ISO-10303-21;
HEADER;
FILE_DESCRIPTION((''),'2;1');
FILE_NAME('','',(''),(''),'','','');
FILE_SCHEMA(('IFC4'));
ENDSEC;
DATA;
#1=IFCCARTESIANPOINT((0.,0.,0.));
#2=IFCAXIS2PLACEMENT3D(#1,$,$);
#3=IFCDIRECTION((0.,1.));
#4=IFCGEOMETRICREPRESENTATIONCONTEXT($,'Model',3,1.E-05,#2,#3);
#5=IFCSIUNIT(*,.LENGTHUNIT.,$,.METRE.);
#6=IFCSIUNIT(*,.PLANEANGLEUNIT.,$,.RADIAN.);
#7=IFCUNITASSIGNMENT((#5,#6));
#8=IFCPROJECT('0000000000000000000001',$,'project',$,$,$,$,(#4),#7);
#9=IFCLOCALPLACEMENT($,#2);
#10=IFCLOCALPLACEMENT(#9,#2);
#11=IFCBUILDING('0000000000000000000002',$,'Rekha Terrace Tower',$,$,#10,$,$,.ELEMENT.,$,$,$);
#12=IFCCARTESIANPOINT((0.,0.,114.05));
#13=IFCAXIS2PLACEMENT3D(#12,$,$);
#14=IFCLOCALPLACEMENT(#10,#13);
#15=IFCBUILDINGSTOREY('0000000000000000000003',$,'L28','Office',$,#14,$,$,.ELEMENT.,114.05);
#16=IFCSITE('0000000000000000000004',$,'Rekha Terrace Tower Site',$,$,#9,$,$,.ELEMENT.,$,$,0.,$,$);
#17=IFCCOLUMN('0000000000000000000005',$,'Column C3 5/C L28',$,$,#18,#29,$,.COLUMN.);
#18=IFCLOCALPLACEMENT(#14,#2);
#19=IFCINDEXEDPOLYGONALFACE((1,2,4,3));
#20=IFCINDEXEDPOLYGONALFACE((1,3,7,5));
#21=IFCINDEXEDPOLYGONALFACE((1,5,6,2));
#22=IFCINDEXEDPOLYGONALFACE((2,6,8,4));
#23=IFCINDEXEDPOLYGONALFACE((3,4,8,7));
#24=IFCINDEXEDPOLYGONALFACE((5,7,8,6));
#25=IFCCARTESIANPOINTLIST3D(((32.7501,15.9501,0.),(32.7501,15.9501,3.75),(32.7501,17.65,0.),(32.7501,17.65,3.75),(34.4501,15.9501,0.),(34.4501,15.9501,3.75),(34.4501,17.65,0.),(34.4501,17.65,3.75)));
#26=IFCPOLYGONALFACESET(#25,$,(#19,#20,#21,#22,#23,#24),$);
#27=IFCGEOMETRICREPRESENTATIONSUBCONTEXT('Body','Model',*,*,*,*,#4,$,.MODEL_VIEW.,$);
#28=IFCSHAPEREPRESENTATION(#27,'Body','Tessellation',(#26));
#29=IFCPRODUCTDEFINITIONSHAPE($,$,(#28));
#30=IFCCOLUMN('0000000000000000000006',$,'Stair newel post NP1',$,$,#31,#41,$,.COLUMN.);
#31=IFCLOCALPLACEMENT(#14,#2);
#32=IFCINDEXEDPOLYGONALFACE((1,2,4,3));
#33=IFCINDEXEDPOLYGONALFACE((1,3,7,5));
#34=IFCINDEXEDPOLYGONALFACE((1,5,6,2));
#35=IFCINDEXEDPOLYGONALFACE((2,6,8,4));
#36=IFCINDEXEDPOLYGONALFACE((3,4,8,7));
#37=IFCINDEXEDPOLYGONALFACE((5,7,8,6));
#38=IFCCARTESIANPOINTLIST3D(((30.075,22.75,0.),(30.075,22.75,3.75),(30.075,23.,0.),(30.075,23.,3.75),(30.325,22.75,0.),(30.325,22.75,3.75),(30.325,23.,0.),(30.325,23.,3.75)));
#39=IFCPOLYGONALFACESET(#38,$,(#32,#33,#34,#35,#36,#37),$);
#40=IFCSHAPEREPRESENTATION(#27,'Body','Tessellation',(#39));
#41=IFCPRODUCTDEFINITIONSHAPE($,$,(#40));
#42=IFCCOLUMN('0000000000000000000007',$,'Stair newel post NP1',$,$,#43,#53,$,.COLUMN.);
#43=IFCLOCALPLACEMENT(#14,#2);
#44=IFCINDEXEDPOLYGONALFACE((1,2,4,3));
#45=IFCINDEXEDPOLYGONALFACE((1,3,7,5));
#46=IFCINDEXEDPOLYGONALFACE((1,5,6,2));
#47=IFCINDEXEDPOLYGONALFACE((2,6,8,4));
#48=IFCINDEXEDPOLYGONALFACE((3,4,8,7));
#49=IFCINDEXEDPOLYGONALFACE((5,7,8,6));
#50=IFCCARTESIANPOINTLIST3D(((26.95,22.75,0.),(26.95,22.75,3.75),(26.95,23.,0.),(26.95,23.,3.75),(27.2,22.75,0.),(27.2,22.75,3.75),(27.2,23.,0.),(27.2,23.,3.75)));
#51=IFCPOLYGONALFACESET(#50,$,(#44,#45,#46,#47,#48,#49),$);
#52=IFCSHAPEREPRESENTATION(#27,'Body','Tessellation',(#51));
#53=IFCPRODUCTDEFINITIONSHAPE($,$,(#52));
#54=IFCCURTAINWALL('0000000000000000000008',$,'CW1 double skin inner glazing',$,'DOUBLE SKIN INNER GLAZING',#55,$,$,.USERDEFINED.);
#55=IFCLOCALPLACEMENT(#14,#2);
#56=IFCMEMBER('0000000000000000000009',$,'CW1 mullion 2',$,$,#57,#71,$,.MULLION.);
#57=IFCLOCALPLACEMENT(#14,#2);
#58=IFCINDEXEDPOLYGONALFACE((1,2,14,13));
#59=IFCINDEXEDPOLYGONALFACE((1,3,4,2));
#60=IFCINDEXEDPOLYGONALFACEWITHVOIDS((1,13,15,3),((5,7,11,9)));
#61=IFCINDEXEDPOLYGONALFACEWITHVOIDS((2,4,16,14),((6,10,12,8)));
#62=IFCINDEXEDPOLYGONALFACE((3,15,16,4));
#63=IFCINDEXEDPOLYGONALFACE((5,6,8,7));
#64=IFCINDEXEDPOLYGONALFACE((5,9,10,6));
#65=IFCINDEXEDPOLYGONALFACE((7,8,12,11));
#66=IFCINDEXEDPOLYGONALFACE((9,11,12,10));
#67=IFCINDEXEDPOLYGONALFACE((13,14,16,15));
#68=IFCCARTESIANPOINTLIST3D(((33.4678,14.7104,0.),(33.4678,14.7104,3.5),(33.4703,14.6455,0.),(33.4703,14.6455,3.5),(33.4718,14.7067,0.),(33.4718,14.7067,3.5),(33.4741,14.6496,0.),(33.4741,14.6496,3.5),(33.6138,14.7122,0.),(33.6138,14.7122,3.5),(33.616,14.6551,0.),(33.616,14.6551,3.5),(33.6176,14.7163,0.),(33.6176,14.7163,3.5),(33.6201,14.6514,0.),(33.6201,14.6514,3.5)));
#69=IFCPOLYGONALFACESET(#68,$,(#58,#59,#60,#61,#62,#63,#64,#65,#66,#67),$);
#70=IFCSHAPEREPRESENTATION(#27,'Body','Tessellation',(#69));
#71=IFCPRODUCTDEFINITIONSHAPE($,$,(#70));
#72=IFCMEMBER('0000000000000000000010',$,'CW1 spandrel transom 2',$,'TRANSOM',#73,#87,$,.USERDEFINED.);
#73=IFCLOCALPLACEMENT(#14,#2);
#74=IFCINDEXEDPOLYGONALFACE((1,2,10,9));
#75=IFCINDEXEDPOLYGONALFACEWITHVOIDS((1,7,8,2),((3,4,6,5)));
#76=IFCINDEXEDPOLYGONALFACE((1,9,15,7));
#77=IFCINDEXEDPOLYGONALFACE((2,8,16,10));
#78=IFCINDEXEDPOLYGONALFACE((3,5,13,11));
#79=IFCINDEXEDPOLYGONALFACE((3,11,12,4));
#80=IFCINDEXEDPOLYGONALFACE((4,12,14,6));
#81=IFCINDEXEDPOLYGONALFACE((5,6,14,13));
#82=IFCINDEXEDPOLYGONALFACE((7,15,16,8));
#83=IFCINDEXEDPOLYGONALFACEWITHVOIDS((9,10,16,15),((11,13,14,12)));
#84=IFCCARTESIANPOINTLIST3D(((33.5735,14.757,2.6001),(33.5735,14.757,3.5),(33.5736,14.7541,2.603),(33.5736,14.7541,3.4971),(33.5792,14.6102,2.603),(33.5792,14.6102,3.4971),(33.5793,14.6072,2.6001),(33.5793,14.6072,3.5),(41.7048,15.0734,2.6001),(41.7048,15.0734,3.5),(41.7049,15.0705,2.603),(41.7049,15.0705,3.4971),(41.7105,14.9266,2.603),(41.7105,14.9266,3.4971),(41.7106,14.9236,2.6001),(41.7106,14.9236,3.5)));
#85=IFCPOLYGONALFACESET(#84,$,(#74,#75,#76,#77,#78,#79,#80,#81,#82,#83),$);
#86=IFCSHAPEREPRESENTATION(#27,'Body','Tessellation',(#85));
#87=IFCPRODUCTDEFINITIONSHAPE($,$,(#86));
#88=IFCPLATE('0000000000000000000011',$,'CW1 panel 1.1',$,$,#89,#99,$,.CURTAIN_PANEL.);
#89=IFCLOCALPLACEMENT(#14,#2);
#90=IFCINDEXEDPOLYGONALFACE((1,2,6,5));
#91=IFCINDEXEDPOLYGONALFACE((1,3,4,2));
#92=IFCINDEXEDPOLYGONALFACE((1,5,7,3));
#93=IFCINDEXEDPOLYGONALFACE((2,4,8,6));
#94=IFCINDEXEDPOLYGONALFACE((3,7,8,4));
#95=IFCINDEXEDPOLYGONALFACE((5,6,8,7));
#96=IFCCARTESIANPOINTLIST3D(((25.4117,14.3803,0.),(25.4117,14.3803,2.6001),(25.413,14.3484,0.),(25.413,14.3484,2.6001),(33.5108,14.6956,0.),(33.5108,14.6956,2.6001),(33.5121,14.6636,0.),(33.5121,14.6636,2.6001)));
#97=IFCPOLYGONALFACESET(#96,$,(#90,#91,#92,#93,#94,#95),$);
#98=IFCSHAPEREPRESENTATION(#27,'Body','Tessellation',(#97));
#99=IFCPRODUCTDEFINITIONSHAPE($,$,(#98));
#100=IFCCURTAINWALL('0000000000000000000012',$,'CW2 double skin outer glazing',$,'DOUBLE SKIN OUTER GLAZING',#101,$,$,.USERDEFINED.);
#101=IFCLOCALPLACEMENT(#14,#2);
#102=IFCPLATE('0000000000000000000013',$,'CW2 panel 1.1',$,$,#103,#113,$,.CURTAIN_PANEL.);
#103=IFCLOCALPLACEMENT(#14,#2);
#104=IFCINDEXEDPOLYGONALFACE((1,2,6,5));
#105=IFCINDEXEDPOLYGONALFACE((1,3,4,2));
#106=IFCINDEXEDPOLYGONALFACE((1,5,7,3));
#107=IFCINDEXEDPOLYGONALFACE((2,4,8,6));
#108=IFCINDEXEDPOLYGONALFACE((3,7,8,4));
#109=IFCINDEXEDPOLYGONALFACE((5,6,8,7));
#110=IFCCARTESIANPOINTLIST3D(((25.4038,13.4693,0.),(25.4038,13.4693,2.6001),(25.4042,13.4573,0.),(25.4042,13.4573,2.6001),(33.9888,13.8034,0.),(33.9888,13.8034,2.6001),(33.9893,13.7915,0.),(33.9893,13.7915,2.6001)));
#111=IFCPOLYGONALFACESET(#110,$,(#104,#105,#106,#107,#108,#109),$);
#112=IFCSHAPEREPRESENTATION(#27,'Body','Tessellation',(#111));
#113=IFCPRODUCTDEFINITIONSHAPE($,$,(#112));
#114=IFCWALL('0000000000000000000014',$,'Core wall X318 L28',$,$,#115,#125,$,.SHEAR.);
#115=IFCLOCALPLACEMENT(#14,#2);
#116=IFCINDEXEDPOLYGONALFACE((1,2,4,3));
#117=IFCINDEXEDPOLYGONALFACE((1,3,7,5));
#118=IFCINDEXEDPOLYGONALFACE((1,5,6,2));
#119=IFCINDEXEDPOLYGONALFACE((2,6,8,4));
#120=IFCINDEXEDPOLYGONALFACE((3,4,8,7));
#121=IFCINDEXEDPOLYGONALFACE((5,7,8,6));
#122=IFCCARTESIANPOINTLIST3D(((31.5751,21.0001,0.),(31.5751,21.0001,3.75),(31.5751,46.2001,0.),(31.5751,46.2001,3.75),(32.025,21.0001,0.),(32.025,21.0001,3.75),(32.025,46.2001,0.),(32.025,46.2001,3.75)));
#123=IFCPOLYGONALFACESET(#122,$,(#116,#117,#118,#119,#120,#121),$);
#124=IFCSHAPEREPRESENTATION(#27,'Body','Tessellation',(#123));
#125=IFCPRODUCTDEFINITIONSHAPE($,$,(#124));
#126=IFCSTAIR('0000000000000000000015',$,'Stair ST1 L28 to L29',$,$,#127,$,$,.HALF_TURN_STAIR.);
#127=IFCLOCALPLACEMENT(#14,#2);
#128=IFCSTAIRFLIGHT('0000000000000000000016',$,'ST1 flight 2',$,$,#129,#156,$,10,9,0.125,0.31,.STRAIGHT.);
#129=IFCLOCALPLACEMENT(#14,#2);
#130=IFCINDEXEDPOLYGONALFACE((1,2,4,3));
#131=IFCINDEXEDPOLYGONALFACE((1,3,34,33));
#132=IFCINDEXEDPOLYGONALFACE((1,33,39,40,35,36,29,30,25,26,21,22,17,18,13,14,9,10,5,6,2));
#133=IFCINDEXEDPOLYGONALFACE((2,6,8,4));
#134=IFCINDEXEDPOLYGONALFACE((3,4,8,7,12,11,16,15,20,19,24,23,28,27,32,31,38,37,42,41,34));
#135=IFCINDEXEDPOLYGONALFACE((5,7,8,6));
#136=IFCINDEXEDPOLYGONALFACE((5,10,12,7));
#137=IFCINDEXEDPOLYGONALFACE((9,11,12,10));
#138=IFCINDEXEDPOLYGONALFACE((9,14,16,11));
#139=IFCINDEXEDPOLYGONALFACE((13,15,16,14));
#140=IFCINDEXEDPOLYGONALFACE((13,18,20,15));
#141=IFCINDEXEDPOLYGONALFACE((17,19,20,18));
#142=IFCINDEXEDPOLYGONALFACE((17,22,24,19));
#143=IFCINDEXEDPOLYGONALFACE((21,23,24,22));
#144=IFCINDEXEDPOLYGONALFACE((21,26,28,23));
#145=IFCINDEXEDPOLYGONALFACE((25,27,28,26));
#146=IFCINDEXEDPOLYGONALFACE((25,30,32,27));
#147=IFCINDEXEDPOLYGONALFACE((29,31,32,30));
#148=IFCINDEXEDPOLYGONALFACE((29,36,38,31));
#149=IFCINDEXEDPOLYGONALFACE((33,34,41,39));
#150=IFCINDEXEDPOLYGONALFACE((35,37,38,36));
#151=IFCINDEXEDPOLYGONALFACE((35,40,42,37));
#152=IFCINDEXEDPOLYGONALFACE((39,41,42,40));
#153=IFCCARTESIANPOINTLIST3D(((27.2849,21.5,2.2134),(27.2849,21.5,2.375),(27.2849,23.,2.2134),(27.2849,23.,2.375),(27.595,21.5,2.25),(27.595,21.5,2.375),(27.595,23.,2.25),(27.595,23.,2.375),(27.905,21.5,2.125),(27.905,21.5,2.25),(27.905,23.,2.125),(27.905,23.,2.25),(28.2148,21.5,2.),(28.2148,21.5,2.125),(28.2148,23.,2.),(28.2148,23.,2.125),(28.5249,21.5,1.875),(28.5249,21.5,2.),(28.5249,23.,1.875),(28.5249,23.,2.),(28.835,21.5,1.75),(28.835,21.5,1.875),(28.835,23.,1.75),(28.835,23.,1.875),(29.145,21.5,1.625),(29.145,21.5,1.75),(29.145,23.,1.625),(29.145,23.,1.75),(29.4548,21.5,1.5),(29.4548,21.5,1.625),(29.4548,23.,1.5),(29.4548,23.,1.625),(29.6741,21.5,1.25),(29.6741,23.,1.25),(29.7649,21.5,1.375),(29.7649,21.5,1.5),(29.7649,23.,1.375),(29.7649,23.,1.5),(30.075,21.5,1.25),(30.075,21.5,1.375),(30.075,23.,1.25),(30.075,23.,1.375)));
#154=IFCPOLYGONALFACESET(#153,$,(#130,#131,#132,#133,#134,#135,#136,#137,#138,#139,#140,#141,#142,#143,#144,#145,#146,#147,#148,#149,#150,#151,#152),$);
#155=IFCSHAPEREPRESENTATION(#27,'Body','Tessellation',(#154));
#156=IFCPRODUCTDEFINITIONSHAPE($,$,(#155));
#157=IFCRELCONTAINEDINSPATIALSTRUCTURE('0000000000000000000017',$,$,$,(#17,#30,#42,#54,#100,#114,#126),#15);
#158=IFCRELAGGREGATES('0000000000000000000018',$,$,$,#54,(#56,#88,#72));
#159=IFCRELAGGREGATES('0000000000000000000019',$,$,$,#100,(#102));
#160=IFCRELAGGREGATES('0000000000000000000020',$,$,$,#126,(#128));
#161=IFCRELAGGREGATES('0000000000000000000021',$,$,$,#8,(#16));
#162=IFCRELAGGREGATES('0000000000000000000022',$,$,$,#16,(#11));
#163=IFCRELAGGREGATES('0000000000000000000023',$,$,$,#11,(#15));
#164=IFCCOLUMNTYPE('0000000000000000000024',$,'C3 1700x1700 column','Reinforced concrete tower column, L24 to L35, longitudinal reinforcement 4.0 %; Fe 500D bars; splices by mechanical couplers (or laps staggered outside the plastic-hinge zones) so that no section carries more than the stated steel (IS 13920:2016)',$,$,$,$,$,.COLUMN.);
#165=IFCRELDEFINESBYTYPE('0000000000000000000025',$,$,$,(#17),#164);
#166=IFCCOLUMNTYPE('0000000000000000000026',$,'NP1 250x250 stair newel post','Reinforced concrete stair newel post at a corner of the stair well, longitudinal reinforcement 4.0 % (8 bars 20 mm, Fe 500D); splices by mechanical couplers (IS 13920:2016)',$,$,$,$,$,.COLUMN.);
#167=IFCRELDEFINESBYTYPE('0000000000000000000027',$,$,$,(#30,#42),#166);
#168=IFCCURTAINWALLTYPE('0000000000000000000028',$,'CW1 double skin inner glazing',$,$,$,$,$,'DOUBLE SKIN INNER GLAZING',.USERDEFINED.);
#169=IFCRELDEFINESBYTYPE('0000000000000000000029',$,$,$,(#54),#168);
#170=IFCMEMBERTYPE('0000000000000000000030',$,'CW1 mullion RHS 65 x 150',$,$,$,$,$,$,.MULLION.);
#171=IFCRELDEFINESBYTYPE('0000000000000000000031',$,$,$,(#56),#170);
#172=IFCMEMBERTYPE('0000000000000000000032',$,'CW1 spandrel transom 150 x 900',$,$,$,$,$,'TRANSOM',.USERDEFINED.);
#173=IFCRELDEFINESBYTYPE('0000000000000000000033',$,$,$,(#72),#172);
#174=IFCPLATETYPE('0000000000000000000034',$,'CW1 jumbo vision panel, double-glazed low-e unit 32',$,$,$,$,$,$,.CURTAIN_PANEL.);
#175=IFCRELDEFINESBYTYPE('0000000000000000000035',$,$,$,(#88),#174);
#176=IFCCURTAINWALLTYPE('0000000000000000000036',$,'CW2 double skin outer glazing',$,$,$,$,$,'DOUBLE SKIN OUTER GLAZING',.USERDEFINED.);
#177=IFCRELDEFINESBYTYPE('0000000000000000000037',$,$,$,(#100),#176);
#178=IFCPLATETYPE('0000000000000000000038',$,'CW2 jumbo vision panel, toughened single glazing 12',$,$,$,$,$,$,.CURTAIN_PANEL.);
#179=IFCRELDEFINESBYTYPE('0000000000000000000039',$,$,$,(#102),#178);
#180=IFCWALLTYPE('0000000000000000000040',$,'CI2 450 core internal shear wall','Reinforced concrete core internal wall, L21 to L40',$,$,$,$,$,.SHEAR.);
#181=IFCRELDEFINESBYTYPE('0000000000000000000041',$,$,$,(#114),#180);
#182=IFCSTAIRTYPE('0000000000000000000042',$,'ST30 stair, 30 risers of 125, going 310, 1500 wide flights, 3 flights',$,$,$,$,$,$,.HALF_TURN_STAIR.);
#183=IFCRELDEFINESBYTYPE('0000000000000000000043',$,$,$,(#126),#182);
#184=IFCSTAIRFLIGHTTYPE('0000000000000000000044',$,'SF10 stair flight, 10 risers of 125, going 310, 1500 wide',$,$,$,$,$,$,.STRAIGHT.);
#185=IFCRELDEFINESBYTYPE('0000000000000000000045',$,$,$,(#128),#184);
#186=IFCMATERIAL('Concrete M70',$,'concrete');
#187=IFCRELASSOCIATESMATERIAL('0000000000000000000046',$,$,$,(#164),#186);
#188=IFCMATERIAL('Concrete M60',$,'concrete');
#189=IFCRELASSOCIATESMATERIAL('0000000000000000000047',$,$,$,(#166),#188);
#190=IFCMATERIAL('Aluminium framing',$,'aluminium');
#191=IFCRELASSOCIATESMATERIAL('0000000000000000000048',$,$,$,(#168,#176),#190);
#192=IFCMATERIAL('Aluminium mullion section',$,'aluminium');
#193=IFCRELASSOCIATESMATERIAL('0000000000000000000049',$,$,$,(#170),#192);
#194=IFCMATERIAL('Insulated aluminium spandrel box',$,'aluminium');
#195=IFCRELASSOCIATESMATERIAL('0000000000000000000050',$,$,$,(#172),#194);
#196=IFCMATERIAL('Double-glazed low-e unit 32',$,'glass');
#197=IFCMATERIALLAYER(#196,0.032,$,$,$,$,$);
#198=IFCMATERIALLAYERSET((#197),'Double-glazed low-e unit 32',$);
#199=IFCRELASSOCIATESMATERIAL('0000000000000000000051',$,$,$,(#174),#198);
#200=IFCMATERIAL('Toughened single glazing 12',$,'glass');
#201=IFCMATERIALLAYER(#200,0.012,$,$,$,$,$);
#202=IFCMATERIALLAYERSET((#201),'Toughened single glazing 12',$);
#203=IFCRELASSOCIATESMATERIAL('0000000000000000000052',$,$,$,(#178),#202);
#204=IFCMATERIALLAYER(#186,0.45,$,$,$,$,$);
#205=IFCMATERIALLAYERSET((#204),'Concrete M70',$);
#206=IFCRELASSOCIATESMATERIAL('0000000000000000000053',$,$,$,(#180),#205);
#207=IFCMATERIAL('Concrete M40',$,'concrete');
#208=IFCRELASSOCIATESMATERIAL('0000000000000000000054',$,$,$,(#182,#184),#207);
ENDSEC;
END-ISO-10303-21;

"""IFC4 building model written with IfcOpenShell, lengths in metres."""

from ifc_helpers import new_model, si_unit, direction, frame, frame_2d, origin, origin_2d, place, context, subcontext, project, spatial, polyline, rectangle, hollow_rectangle, outline, extrude, material, layer, layer_set, material_profile, profile_set, type_object, element, aggregate, save


model = new_model("IFC4")

# Units and contexts
model_context = context("Model", 3, precision=1e-05, world=origin(), true_north=direction((0.0, 1.0)))
body_context = subcontext(model_context, "Body", "Model", "MODEL_VIEW")
ifc_project = project(units=[si_unit("LENGTHUNIT", "METRE"), si_unit("PLANEANGLEUNIT", "RADIAN")], contexts=[model_context])

# Site, building, storey
site_placement = place(None, origin())
site = spatial("IfcSite", under=ifc_project, at=site_placement, Name="Rekha Terrace Tower Site", CompositionType="ELEMENT", RefElevation=0.0)
building_placement = place(site_placement, origin())
building = spatial("IfcBuilding", under=site, at=building_placement, Name="Rekha Terrace Tower", CompositionType="ELEMENT")
storey_placement = place(building_placement, frame((0.0, 0.0, 114.05)))
storey = spatial("IfcBuildingStorey", under=building, at=storey_placement, Name="L28", Description="Office", CompositionType="ELEMENT", Elevation=114.05)

# Columns
ifc_material_1 = material(Name="Concrete M70", Category="concrete")
ifc_material_profile_1 = material_profile(ifc_material_1, rectangle(XDim=1.7, YDim=1.7, at=origin_2d()), Name="RC 1700x1700")
ifc_profile_set_1 = profile_set([ifc_material_profile_1], Name="Concrete M70")
column_type_1 = type_object("IfcColumnType", Name="C3 1700x1700 column", Description="Reinforced concrete tower column, L24 to L35, longitudinal reinforcement 4.0 %; Fe 500D bars; splices by mechanical couplers (or laps staggered outside the plastic-hinge zones) so that no section carries more than the stated steel (IS 13920:2016)", PredefinedType="COLUMN", material=ifc_profile_set_1)
column_placement = place(storey_placement, frame((33.6001, 16.8, 0.0), z_axis=(0.0, 0.0, 1.0), x_axis=(1.0, 0.0, 0.0)))
element("IfcColumn", 1, at=column_placement, inside=storey, type_object=column_type_1, Name="Column C3 5/C L28", PredefinedType="COLUMN", context=body_context, shape_type="SweptSolid", body=[
    extrude(rectangle(XDim=1.7, YDim=1.7, at=origin_2d()), origin(), (0.0, 0.0, 1.0), 3.75),
])
ifc_material_2 = material(Name="Concrete M60", Category="concrete")
ifc_material_profile_2 = material_profile(ifc_material_2, rectangle(XDim=0.25, YDim=0.25, at=origin_2d()), Name="RC 250x250")
ifc_profile_set_2 = profile_set([ifc_material_profile_2], Name="Concrete M60")
column_type_2 = type_object("IfcColumnType", Name="NP1 250x250 stair newel post", Description="Reinforced concrete stair newel post at a corner of the stair well, longitudinal reinforcement 4.0 % (8 bars 20 mm, Fe 500D); splices by mechanical couplers (IS 13920:2016)", PredefinedType="COLUMN", material=ifc_profile_set_2)
for number, where, z_axis, x_axis, name in (
    (2, (30.2, 22.875, 0.0), (0.0, 0.0, 1.0), (1.0, 0.0, 0.0), "Stair newel post NP1"),
    (3, (27.075, 22.875, 0.0), (0.0, 0.0, 1.0), (1.0, 0.0, 0.0), "Stair newel post NP1"),
):
    element("IfcColumn", number, at=place(storey_placement, frame(where, z_axis=z_axis, x_axis=x_axis)), inside=storey, type_object=column_type_2, Name=name, PredefinedType="COLUMN", context=body_context, shape_type="SweptSolid", body=[
        extrude(rectangle(XDim=0.25, YDim=0.25, at=origin_2d()), origin(), (0.0, 0.0, 1.0), 3.75),
    ])

# Curtain wall, members, plate
ifc_material_3 = material(Name="Aluminium framing", Category="aluminium")
curtain_wall_type_1 = type_object("IfcCurtainWallType", Name="CW1 double skin inner glazing", ElementType="DOUBLE SKIN INNER GLAZING", PredefinedType="USERDEFINED", material=ifc_material_3)
curtain_wall_1_placement = place(storey_placement, origin())
curtain_wall_1 = element("IfcCurtainWall", 4, at=curtain_wall_1_placement, inside=storey, type_object=curtain_wall_type_1, Name="CW1 double skin inner glazing", ObjectType="DOUBLE SKIN INNER GLAZING", PredefinedType="USERDEFINED")
ifc_material_4 = material(Name="Aluminium mullion section", Category="aluminium")
ifc_material_profile_3 = material_profile(ifc_material_4, hollow_rectangle(XDim=0.0649, YDim=0.1499, WallThickness=0.0039, at=origin_2d()), Name="AL RHS 65x150")
ifc_profile_set_3 = profile_set([ifc_material_profile_3], Name="Aluminium mullion section")
member_type_1 = type_object("IfcMemberType", Name="CW1 mullion RHS 65 x 150", PredefinedType="MULLION", material=ifc_profile_set_3)
member_1_placement = place(storey_placement, frame((33.5439, 14.6809, 0.0), z_axis=(0.0, 0.0, 1.0), x_axis=(-0.03889, 0.999243, 0.0)))
member_1 = element("IfcMember", 5, at=member_1_placement, type_object=member_type_1, Name="CW1 mullion 2", PredefinedType="MULLION", context=body_context, shape_type="SweptSolid", body=[
    extrude(hollow_rectangle(XDim=0.0649, YDim=0.1499, WallThickness=0.0039, at=origin_2d()), origin(), (0.0, 0.0, 1.0), 3.5),
])
ifc_material_5 = material(Name="Insulated aluminium spandrel box", Category="aluminium")
ifc_material_profile_4 = material_profile(ifc_material_5, hollow_rectangle(XDim=0.1499, YDim=0.8999, WallThickness=0.0029, at=origin_2d()), Name="AL SPANDREL BOX 150x900")
ifc_profile_set_4 = profile_set([ifc_material_profile_4], Name="Insulated aluminium spandrel box")
member_type_2 = type_object("IfcMemberType", Name="CW1 spandrel transom 150 x 900", ElementType="TRANSOM", PredefinedType="USERDEFINED", material=ifc_profile_set_4)
member_2_placement = place(storey_placement, frame((33.5764, 14.6821, 3.05), z_axis=(0.999244, 0.038882, 0.0), x_axis=(-0.038882, 0.999244, 0.0)))
member_2 = element("IfcMember", 6, at=member_2_placement, type_object=member_type_2, Name="CW1 spandrel transom 2", ObjectType="TRANSOM", PredefinedType="USERDEFINED", context=body_context, shape_type="SweptSolid", body=[
    extrude(hollow_rectangle(XDim=0.1499, YDim=0.8999, WallThickness=0.0029, at=origin_2d()), origin(), (0.0, 0.0, 1.0), 8.1375),
])
ifc_material_6 = material(Name="Double-glazed low-e unit 32", Category="glass")
ifc_layer_1 = layer(ifc_material_6, 0.032)
ifc_layer_set_1 = layer_set([ifc_layer_1], Name="Double-glazed low-e unit 32")
plate_type_1 = type_object("IfcPlateType", Name="CW1 jumbo vision panel, double-glazed low-e unit 32", PredefinedType="CURTAIN_PANEL", material=ifc_layer_set_1)
plate_1_placement = place(storey_placement, frame((29.4619, 14.522, 0.0), z_axis=(0.0, 0.0, 1.0), x_axis=(0.999243, 0.03889, 0.0)))
plate_1 = element("IfcPlate", 7, at=plate_1_placement, type_object=plate_type_1, Name="CW1 panel 1.1", PredefinedType="CURTAIN_PANEL", context=body_context, shape_type="SweptSolid", body=[
    extrude(rectangle(XDim=8.1052, YDim=0.032, at=origin_2d()), origin(), (0.0, 0.0, 1.0), 2.6001),
])
aggregate(curtain_wall_1, [member_1, plate_1, member_2])

# Curtain wall, plate
curtain_wall_type_2 = type_object("IfcCurtainWallType", Name="CW2 double skin outer glazing", ElementType="DOUBLE SKIN OUTER GLAZING", PredefinedType="USERDEFINED", material=ifc_material_3)
curtain_wall_2_placement = place(storey_placement, origin())
curtain_wall_2 = element("IfcCurtainWall", 8, at=curtain_wall_2_placement, inside=storey, type_object=curtain_wall_type_2, Name="CW2 double skin outer glazing", ObjectType="DOUBLE SKIN OUTER GLAZING", PredefinedType="USERDEFINED")
ifc_material_7 = material(Name="Toughened single glazing 12", Category="glass")
ifc_layer_2 = layer(ifc_material_7, 0.012)
ifc_layer_set_2 = layer_set([ifc_layer_2], Name="Toughened single glazing 12")
plate_type_2 = type_object("IfcPlateType", Name="CW2 jumbo vision panel, toughened single glazing 12", PredefinedType="CURTAIN_PANEL", material=ifc_layer_set_2)
plate_2_placement = place(storey_placement, frame((29.6965, 13.6304, 0.0), z_axis=(0.0, 0.0, 1.0), x_axis=(0.999243, 0.03889, 0.0)))
plate_2 = element("IfcPlate", 9, at=plate_2_placement, type_object=plate_type_2, Name="CW2 panel 1.1", PredefinedType="CURTAIN_PANEL", context=body_context, shape_type="SweptSolid", body=[
    extrude(rectangle(XDim=8.5916, YDim=0.012, at=origin_2d()), origin(), (0.0, 0.0, 1.0), 2.6001),
])
aggregate(curtain_wall_2, [plate_2])

# Wall
ifc_layer_3 = layer(ifc_material_1, 0.45)
ifc_layer_set_3 = layer_set([ifc_layer_3], Name="Concrete M70")
wall_type = type_object("IfcWallType", Name="CI2 450 core internal shear wall", Description="Reinforced concrete core internal wall, L21 to L40", PredefinedType="SHEAR", material=ifc_layer_set_3)
wall_placement = place(storey_placement, frame((31.8, 21.0, 0.0), z_axis=(0.0, 0.0, 1.0), x_axis=(0.0, 1.0, 0.0)))
element("IfcWall", 10, at=wall_placement, inside=storey, type_object=wall_type, Name="Core wall X318 L28", PredefinedType="SHEAR", context=body_context, shape_type="SweptSolid", body=[
    extrude(rectangle(XDim=25.2, YDim=0.45, at=frame_2d((12.6001, 0.0))), origin(), (0.0, 0.0, 1.0), 3.75),
])

# Stair, stair flight
ifc_material_8 = material(Name="Concrete M40", Category="concrete")
stair_type = type_object("IfcStairType", Name="ST30 stair, 30 risers of 125, going 310, 1500 wide flights, 3 flights", PredefinedType="HALF_TURN_STAIR", material=ifc_material_8)
stair_placement = place(storey_placement, origin())
stair = element("IfcStair", 11, at=stair_placement, inside=storey, type_object=stair_type, Name="Stair ST1 L28 to L29", PredefinedType="HALF_TURN_STAIR")
stair_flight_type = type_object("IfcStairFlightType", Name="SF10 stair flight, 10 risers of 125, going 310, 1500 wide", PredefinedType="STRAIGHT", material=ifc_material_8)
stair_flight_placement = place(storey_placement, frame((30.075, 22.25, 1.25), z_axis=(0.0, 0.0, 1.0), x_axis=(-1.0, 0.0, 0.0)))
stair_flight = element("IfcStairFlight", 12, at=stair_flight_placement, type_object=stair_flight_type, Name="ST1 flight 2", NumberOfRisers=10, NumberOfTreads=9, PredefinedType="STRAIGHT", RiserHeight=0.125, TreadLength=0.31, context=body_context, shape_type="SweptSolid", body=[
    extrude(outline(polyline([(0.0, 0.0), (0.0, 0.125), (0.3101, 0.125), (0.3101, 0.25), (0.6201, 0.25), (0.6201, 0.375), (0.9299, 0.375), (0.9299, 0.5), (1.24, 0.5), (1.24, 0.625), (1.55, 0.625), (1.55, 0.75), (1.8601, 0.75), (1.8601, 0.875), (2.1699, 0.875), (2.1699, 1.0), (2.48, 1.0), (2.48, 1.125), (2.79, 1.125), (2.79, 1.25), (2.79, 0.9634), (0.4009, 0.0), (0.0, 0.0)])), frame((0.0, 0.75, 0.0), z_axis=(0.0, -1.0, 0.0), x_axis=(1.0, 0.0, 0.0)), (0.0, 0.0, 1.0), 1.5),
])
aggregate(stair, [stair_flight])

save(model, "model.ifc")
